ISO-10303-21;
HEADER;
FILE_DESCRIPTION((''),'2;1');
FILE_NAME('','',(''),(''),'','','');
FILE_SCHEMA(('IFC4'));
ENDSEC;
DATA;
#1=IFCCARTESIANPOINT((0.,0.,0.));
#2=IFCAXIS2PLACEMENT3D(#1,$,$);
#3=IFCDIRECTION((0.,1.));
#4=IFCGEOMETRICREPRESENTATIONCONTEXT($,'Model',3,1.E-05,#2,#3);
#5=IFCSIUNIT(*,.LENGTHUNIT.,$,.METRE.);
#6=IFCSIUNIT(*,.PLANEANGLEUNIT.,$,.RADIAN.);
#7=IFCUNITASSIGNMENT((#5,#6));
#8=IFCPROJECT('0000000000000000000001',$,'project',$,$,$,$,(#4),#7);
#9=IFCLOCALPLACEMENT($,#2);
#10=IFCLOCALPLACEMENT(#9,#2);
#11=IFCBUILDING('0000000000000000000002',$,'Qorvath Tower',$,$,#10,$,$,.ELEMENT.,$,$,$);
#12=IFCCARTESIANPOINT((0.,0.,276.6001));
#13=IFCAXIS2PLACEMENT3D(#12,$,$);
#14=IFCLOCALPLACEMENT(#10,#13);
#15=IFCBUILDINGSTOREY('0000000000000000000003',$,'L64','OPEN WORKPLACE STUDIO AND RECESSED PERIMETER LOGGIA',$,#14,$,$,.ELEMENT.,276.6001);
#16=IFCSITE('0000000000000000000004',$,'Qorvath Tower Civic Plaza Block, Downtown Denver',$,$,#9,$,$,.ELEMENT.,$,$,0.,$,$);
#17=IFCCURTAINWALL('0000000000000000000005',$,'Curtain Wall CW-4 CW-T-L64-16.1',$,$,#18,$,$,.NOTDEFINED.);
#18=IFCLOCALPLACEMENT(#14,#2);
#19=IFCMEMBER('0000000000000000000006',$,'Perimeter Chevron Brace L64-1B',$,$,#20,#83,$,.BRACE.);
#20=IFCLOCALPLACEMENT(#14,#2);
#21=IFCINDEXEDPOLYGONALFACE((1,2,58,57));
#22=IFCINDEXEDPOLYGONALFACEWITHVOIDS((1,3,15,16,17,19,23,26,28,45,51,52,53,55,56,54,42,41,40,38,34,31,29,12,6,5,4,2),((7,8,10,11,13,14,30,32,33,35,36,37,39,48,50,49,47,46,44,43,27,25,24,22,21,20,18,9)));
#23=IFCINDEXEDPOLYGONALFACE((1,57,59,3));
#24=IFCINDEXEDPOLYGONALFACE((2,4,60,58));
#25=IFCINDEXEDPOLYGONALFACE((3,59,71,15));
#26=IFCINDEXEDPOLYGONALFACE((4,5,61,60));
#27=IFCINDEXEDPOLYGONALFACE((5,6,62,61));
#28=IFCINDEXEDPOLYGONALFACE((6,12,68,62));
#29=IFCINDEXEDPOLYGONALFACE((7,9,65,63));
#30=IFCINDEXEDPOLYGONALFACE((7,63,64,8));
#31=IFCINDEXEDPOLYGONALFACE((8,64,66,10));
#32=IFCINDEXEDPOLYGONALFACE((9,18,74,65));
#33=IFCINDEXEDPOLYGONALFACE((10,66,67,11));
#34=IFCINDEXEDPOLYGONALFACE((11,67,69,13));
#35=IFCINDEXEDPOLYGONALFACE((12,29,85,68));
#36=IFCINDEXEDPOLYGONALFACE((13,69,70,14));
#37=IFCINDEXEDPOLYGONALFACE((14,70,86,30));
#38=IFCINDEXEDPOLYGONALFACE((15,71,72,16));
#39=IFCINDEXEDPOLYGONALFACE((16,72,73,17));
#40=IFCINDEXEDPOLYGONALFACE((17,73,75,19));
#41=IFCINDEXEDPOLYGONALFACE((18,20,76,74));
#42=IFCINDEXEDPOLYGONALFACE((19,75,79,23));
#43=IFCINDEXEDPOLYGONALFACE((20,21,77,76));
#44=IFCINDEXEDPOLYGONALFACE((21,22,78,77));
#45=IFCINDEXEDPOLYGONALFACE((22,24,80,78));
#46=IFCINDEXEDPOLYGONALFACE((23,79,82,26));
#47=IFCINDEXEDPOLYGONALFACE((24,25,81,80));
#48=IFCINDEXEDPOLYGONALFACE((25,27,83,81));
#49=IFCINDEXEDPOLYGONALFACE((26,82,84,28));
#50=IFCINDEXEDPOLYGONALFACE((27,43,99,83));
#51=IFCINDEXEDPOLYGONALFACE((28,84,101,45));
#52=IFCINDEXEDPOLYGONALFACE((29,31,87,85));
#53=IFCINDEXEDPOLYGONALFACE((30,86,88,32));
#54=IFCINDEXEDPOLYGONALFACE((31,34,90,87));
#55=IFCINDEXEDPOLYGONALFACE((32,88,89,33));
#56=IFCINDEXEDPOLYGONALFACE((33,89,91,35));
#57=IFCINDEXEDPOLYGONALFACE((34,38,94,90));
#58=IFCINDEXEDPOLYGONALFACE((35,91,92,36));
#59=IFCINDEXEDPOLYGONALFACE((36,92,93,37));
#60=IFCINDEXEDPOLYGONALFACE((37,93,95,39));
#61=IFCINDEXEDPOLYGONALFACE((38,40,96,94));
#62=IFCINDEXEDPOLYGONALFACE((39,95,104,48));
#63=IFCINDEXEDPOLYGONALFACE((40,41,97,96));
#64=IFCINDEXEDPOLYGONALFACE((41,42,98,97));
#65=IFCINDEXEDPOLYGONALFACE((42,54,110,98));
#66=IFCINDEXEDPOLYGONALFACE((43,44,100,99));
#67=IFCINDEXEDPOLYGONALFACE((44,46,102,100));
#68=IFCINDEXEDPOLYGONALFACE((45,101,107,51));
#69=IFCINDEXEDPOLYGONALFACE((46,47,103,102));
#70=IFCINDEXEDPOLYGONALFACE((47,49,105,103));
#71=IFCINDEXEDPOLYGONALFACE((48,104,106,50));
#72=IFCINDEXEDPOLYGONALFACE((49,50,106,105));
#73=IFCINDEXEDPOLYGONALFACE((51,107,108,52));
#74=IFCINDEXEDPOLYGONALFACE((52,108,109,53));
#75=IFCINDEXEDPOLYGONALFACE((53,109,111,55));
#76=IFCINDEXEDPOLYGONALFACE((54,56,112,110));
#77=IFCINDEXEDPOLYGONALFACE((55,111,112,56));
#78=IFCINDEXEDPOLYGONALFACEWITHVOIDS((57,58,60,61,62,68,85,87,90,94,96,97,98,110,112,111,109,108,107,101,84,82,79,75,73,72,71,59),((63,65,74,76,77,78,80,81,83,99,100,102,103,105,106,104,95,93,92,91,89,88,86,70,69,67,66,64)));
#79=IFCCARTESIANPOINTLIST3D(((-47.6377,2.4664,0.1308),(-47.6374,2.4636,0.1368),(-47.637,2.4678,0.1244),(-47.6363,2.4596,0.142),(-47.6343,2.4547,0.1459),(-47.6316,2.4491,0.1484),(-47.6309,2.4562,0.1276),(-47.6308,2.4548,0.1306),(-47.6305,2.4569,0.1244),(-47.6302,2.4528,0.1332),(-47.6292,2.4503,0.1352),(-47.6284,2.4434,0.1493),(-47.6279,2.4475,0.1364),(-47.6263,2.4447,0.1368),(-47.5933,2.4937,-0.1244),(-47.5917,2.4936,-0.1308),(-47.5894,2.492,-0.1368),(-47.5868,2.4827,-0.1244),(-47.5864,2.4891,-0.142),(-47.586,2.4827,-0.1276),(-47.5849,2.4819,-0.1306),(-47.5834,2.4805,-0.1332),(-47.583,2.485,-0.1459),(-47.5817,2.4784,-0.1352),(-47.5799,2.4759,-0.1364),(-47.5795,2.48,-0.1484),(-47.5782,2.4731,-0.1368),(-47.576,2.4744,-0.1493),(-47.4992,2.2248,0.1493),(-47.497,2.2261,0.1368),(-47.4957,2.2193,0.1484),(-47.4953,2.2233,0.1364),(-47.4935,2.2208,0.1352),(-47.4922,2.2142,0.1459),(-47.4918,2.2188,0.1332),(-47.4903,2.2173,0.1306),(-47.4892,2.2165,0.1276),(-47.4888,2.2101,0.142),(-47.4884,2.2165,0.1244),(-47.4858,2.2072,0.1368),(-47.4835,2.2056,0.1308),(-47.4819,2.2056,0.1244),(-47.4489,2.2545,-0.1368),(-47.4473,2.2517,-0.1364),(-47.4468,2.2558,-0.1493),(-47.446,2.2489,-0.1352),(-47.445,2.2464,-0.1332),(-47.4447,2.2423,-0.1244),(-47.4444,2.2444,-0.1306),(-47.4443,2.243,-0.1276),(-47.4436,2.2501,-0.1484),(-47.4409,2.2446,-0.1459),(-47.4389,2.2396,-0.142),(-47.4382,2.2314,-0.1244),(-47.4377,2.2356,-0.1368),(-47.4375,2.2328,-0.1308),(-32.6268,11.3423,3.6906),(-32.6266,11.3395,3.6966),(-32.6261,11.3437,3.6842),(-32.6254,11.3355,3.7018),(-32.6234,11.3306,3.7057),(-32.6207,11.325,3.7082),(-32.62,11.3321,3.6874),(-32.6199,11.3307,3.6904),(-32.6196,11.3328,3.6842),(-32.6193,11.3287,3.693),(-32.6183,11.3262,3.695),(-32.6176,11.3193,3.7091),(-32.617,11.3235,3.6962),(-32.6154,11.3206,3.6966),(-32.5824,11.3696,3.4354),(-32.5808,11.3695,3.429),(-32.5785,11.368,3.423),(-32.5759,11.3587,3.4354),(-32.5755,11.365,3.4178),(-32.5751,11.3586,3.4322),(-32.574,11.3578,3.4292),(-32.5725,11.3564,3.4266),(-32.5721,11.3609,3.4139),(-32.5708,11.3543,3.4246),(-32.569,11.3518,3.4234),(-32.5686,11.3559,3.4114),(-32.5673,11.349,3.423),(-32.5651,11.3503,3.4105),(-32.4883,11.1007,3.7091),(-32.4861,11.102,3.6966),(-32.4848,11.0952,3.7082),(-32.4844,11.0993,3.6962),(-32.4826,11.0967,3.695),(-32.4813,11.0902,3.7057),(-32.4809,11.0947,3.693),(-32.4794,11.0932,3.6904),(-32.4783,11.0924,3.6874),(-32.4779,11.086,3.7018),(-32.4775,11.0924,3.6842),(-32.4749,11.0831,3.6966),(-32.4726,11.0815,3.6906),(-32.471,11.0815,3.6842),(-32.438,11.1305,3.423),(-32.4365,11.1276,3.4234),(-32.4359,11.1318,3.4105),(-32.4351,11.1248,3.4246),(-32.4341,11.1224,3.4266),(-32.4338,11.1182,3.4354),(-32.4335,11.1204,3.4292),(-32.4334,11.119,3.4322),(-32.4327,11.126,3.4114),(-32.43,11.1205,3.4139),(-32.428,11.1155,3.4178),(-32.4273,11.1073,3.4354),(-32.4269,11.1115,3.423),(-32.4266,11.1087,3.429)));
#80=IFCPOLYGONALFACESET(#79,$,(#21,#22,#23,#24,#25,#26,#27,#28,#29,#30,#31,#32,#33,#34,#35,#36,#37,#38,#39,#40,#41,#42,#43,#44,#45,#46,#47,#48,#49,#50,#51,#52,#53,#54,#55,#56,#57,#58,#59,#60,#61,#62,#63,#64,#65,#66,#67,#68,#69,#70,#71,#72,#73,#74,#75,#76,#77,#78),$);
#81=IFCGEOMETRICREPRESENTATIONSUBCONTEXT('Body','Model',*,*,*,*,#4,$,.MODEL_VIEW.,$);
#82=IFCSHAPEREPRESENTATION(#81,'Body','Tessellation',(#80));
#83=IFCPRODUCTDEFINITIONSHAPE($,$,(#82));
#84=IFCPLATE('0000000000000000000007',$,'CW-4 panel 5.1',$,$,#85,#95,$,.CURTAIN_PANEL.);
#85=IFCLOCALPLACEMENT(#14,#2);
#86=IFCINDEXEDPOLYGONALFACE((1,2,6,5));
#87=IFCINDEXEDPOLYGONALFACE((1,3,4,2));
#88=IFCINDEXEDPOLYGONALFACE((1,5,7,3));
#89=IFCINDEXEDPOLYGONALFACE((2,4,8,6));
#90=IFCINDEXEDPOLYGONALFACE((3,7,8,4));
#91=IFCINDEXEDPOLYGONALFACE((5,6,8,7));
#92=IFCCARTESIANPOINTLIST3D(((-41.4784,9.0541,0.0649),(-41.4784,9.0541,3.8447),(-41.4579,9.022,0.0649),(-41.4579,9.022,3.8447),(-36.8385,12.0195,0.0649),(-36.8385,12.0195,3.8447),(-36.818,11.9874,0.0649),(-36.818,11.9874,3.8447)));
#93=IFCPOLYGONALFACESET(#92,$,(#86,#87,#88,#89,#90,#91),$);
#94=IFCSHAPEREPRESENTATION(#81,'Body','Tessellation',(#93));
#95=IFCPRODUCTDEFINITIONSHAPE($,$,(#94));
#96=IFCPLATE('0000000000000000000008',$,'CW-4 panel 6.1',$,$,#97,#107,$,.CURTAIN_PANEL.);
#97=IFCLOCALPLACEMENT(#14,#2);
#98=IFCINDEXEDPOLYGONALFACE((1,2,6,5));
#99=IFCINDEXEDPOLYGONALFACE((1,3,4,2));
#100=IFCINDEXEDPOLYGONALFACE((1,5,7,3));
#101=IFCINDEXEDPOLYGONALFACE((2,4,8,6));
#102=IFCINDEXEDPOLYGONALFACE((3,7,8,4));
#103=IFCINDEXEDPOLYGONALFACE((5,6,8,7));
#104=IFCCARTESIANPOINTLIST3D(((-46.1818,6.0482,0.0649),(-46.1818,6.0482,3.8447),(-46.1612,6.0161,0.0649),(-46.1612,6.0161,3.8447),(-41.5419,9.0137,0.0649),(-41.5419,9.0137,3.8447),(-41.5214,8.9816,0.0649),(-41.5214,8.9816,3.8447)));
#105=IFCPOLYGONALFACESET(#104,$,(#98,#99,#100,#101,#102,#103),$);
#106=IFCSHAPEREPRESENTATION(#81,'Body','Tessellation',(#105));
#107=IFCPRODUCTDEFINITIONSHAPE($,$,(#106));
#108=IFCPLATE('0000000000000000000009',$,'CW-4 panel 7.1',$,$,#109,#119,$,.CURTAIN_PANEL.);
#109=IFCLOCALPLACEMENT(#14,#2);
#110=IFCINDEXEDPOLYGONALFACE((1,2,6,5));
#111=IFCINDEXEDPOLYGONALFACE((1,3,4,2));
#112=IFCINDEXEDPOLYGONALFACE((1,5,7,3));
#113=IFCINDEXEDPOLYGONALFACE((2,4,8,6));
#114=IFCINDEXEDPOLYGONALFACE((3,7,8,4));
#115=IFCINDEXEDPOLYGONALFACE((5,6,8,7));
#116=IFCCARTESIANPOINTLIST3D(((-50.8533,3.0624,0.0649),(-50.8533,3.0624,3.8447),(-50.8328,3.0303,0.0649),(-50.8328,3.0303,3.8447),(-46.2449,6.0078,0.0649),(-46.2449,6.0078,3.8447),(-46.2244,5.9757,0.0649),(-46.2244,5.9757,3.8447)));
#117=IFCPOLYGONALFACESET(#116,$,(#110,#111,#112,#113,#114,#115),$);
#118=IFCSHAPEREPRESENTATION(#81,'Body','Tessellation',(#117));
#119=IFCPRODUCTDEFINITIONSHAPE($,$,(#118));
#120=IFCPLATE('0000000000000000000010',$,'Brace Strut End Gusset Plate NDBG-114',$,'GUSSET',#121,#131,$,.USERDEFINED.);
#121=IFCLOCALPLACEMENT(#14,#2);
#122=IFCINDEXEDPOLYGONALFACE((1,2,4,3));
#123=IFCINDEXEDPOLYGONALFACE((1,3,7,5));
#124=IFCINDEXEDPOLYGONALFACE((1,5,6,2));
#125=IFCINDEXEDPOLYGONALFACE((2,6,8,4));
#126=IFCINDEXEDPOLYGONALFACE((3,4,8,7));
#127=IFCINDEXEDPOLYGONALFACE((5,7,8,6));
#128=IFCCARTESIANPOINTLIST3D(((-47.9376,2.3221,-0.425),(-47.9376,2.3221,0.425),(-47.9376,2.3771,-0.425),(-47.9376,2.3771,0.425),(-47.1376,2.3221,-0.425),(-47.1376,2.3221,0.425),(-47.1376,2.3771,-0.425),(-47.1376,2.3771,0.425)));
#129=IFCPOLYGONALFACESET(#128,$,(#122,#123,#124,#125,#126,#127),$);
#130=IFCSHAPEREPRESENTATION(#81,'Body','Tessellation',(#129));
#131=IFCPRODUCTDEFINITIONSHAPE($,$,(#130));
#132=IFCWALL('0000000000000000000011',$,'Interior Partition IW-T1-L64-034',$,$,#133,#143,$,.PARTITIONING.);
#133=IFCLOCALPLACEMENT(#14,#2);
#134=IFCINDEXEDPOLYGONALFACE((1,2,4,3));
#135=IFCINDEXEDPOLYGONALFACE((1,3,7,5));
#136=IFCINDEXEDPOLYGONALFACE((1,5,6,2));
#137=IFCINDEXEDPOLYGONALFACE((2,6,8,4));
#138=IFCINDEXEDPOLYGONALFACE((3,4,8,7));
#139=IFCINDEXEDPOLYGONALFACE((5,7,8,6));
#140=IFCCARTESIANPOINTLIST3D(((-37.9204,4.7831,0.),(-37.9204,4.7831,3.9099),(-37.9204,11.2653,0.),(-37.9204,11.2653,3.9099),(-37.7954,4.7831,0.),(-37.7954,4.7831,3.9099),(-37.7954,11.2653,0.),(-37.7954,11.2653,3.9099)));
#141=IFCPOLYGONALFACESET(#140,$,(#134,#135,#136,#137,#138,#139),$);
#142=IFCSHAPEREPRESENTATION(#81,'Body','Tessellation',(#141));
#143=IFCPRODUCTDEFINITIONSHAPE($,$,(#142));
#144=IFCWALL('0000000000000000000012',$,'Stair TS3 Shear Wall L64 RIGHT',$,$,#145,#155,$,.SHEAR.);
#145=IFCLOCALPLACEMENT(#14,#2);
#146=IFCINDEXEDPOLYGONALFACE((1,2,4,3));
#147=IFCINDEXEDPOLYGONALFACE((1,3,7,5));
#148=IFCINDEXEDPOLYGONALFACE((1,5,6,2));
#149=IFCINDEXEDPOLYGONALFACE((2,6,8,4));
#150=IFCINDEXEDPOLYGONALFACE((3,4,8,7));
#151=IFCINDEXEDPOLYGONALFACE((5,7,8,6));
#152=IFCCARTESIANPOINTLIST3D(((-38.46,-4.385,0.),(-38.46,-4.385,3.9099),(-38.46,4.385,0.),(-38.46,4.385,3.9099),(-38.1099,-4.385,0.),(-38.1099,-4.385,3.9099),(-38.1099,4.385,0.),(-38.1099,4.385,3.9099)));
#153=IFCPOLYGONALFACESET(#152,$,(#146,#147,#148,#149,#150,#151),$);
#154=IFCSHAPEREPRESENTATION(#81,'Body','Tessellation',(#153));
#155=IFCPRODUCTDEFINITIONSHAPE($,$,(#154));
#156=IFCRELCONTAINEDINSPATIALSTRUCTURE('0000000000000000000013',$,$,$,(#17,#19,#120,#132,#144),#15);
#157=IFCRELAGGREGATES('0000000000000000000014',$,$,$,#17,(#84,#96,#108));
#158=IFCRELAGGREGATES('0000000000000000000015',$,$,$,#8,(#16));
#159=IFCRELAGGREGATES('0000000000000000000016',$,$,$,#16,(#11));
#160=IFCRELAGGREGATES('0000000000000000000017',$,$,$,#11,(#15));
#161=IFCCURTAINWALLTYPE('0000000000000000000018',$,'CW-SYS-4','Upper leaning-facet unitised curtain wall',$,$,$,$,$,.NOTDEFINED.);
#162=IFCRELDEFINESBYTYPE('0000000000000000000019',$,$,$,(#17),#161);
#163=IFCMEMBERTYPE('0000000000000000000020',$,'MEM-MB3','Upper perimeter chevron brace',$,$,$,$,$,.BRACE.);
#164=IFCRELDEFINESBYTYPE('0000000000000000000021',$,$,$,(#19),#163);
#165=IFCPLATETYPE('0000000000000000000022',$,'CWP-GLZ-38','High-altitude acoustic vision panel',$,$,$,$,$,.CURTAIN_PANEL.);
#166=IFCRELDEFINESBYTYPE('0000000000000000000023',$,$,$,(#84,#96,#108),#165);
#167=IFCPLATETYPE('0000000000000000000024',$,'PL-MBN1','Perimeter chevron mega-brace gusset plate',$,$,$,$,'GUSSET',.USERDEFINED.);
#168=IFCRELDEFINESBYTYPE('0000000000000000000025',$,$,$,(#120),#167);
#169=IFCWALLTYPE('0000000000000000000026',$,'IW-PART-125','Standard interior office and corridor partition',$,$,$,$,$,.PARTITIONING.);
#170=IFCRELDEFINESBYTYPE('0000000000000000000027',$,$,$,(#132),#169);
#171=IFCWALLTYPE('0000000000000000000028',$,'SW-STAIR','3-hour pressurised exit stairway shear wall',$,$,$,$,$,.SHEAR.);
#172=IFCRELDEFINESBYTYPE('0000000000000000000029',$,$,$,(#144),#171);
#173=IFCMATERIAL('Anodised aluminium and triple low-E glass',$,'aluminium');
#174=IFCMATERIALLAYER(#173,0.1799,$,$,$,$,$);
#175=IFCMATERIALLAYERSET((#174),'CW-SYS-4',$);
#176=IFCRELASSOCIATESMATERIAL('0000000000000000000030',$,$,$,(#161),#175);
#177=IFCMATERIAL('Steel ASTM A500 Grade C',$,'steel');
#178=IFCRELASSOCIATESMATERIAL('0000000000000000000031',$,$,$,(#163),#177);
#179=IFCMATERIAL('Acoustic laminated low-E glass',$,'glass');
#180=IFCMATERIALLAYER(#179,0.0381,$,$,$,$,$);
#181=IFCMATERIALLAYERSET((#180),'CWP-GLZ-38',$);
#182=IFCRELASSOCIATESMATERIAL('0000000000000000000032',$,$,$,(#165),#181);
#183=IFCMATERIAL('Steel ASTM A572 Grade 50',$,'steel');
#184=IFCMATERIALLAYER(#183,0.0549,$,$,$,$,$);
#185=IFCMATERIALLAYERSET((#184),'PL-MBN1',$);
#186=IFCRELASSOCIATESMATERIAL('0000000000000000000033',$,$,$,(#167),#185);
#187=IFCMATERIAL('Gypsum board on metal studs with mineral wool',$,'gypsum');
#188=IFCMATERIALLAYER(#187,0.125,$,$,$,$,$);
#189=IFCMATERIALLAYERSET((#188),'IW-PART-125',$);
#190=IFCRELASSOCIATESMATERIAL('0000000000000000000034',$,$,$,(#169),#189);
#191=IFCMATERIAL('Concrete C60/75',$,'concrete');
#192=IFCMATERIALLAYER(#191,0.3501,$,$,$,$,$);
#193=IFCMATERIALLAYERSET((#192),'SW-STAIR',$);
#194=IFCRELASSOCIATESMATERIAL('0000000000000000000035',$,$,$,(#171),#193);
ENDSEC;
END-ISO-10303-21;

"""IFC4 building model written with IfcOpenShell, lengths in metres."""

from ifc_helpers import new_model, si_unit, direction, frame, frame_2d, origin, origin_2d, place, context, subcontext, project, spatial, rectangle, hollow_rectangle, extrude, material, layer, layer_set, material_profile, profile_set, type_object, element, aggregate, save


model = new_model("IFC4")

# Units and contexts
model_context = context("Model", 3, precision=1e-05, world=origin(), true_north=direction((0.0, 1.0)))
body_context = subcontext(model_context, "Body", "Model", "MODEL_VIEW")
ifc_project = project(units=[si_unit("LENGTHUNIT", "METRE"), si_unit("PLANEANGLEUNIT", "RADIAN")], contexts=[model_context])

# Site, building, storey
site_placement = place(None, origin())
site = spatial("IfcSite", under=ifc_project, at=site_placement, Name="Qorvath Tower Civic Plaza Block, Downtown Denver", CompositionType="ELEMENT", RefElevation=0.0)
building_placement = place(site_placement, origin())
building = spatial("IfcBuilding", under=site, at=building_placement, Name="Qorvath Tower", CompositionType="ELEMENT")
storey_placement = place(building_placement, frame((0.0, 0.0, 276.6001)))
storey = spatial("IfcBuildingStorey", under=building, at=storey_placement, Name="L64", Description="OPEN WORKPLACE STUDIO AND RECESSED PERIMETER LOGGIA", CompositionType="ELEMENT", Elevation=276.6001)

# Curtain wall
ifc_material_1 = material(Name="Anodised aluminium and triple low-E glass", Category="aluminium")
ifc_layer_1 = layer(ifc_material_1, 0.1799)
ifc_layer_set_1 = layer_set([ifc_layer_1], Name="CW-SYS-4")
curtain_wall_type = type_object("IfcCurtainWallType", Name="CW-SYS-4", Description="Upper leaning-facet unitised curtain wall", PredefinedType="NOTDEFINED", material=ifc_layer_set_1)
curtain_wall_placement = place(storey_placement, origin())
curtain_wall = element("IfcCurtainWall", 1, at=curtain_wall_placement, inside=storey, type_object=curtain_wall_type, Name="Curtain Wall CW-4 CW-T-L64-16.1", PredefinedType="NOTDEFINED")

# Member
ifc_material_2 = material(Name="Steel ASTM A500 Grade C", Category="steel")
ifc_material_profile_1 = material_profile(ifc_material_2, hollow_rectangle(XDim=0.3047, YDim=0.3047, WallThickness=0.0127, InnerFilletRadius=0.0127, OuterFilletRadius=0.0254, at=origin_2d()), Name="HSS 305x305x12.7")
ifc_profile_set_1 = profile_set([ifc_material_profile_1], Name="Steel ASTM A500 Grade C")
member_type_1 = type_object("IfcMemberType", Name="MEM-MB3", Description="Upper perimeter chevron brace", PredefinedType="BRACE", material=ifc_profile_set_1)
member_1_placement = place(storey_placement, frame((-47.5376, 2.3496, 0.0), z_axis=(0.843387, 0.498694, 0.200007), x_axis=(-0.508978, 0.86078, 0.0)))
element("IfcMember", 2, at=member_1_placement, inside=storey, type_object=member_type_1, Name="Perimeter Chevron Brace L64-1B", PredefinedType="BRACE", context=body_context, shape_type="SweptSolid", body=[
    extrude(hollow_rectangle(XDim=0.3047, YDim=0.3047, WallThickness=0.0127, InnerFilletRadius=0.0127, OuterFilletRadius=0.0254, at=origin_2d()), origin(), (0.0, 0.0, 1.0), 17.7983),
])

# Plates
ifc_material_3 = material(Name="Acoustic laminated low-E glass", Category="glass")
ifc_layer_2 = layer(ifc_material_3, 0.0381)
ifc_layer_set_2 = layer_set([ifc_layer_2], Name="CWP-GLZ-38")
plate_type_1 = type_object("IfcPlateType", Name="CWP-GLZ-38", Description="High-altitude acoustic vision panel", PredefinedType="CURTAIN_PANEL", material=ifc_layer_set_2)
plate_1_placement = place(storey_placement, frame((-39.1482, 10.5208, 0.0649), z_axis=(0.0, 0.0, 1.0), x_axis=(-0.842604, -0.538534, 0.0)))
plate_1 = element("IfcPlate", 3, at=plate_1_placement, type_object=plate_type_1, Name="CW-4 panel 5.1", PredefinedType="CURTAIN_PANEL", context=body_context, shape_type="SweptSolid", body=[
    extrude(rectangle(XDim=5.5066, YDim=0.0381, at=origin_2d()), origin(), (0.0, 0.0, 1.0), 3.7798),
])
plate_2_placement = place(storey_placement, frame((-43.8516, 7.5149, 0.0649), z_axis=(0.0, 0.0, 1.0), x_axis=(-0.842604, -0.538534, 0.0)))
plate_2 = element("IfcPlate", 4, at=plate_2_placement, type_object=plate_type_1, Name="CW-4 panel 6.1", PredefinedType="CURTAIN_PANEL", context=body_context, shape_type="SweptSolid", body=[
    extrude(rectangle(XDim=5.5066, YDim=0.0381, at=origin_2d()), origin(), (0.0, 0.0, 1.0), 3.7798),
])
plate_3_placement = place(storey_placement, frame((-48.5388, 4.519, 0.0649), z_axis=(0.0, 0.0, 1.0), x_axis=(-0.842604, -0.538534, 0.0)))
plate_3 = element("IfcPlate", 5, at=plate_3_placement, type_object=plate_type_1, Name="CW-4 panel 7.1", PredefinedType="CURTAIN_PANEL", context=body_context, shape_type="SweptSolid", body=[
    extrude(rectangle(XDim=5.4692, YDim=0.0381, at=origin_2d()), origin(), (0.0, 0.0, 1.0), 3.7798),
])
aggregate(curtain_wall, [plate_1, plate_2, plate_3])
ifc_material_4 = material(Name="Steel ASTM A572 Grade 50", Category="steel")
ifc_layer_3 = layer(ifc_material_4, 0.0549)
ifc_layer_set_3 = layer_set([ifc_layer_3], Name="PL-MBN1")
plate_type_2 = type_object("IfcPlateType", Name="PL-MBN1", Description="Perimeter chevron mega-brace gusset plate", ElementType="GUSSET", PredefinedType="USERDEFINED", material=ifc_layer_set_3)
plate_4_placement = place(storey_placement, frame((-47.5376, 2.3496, -0.425), z_axis=(0.0, 0.0, 1.0), x_axis=(1.0, 0.0, 0.0)))
element("IfcPlate", 6, at=plate_4_placement, inside=storey, type_object=plate_type_2, Name="Brace Strut End Gusset Plate NDBG-114", ObjectType="GUSSET", PredefinedType="USERDEFINED", context=body_context, shape_type="SweptSolid", body=[
    extrude(rectangle(XDim=0.8, YDim=0.0549, at=origin_2d()), origin(), (0.0, 0.0, 1.0), 0.8501),
])

# Walls
ifc_material_5 = material(Name="Gypsum board on metal studs with mineral wool", Category="gypsum")
ifc_layer_4 = layer(ifc_material_5, 0.125)
ifc_layer_set_4 = layer_set([ifc_layer_4], Name="IW-PART-125")
wall_type_1 = type_object("IfcWallType", Name="IW-PART-125", Description="Standard interior office and corridor partition", PredefinedType="PARTITIONING", material=ifc_layer_set_4)
wall_1_placement = place(storey_placement, frame((-37.8579, 11.2654, 0.0), z_axis=(0.0, 0.0, 1.0), x_axis=(0.0, -1.0, 0.0)))
element("IfcWall", 7, at=wall_1_placement, inside=storey, type_object=wall_type_1, Name="Interior Partition IW-T1-L64-034", PredefinedType="PARTITIONING", context=body_context, shape_type="SweptSolid", body=[
    extrude(rectangle(XDim=6.4822, YDim=0.125, at=frame_2d((3.2412, 0.0))), origin(), (0.0, 0.0, 1.0), 3.9099),
])
ifc_material_6 = material(Name="Concrete C60/75", Category="concrete")
ifc_layer_5 = layer(ifc_material_6, 0.3501)
ifc_layer_set_5 = layer_set([ifc_layer_5], Name="SW-STAIR")
wall_type_2 = type_object("IfcWallType", Name="SW-STAIR", Description="3-hour pressurised exit stairway shear wall", PredefinedType="SHEAR", material=ifc_layer_set_5)
wall_2_placement = place(storey_placement, frame((-38.2849, 4.385, 0.0), z_axis=(0.0, 0.0, 1.0), x_axis=(0.0, -1.0, 0.0)))
element("IfcWall", 8, at=wall_2_placement, inside=storey, type_object=wall_type_2, Name="Stair TS3 Shear Wall L64 RIGHT", PredefinedType="SHEAR", context=body_context, shape_type="SweptSolid", body=[
    extrude(rectangle(XDim=8.77, YDim=0.3501, at=frame_2d((4.385, 0.0))), origin(), (0.0, 0.0, 1.0), 3.9099),
])

save(model, "model.ifc")
